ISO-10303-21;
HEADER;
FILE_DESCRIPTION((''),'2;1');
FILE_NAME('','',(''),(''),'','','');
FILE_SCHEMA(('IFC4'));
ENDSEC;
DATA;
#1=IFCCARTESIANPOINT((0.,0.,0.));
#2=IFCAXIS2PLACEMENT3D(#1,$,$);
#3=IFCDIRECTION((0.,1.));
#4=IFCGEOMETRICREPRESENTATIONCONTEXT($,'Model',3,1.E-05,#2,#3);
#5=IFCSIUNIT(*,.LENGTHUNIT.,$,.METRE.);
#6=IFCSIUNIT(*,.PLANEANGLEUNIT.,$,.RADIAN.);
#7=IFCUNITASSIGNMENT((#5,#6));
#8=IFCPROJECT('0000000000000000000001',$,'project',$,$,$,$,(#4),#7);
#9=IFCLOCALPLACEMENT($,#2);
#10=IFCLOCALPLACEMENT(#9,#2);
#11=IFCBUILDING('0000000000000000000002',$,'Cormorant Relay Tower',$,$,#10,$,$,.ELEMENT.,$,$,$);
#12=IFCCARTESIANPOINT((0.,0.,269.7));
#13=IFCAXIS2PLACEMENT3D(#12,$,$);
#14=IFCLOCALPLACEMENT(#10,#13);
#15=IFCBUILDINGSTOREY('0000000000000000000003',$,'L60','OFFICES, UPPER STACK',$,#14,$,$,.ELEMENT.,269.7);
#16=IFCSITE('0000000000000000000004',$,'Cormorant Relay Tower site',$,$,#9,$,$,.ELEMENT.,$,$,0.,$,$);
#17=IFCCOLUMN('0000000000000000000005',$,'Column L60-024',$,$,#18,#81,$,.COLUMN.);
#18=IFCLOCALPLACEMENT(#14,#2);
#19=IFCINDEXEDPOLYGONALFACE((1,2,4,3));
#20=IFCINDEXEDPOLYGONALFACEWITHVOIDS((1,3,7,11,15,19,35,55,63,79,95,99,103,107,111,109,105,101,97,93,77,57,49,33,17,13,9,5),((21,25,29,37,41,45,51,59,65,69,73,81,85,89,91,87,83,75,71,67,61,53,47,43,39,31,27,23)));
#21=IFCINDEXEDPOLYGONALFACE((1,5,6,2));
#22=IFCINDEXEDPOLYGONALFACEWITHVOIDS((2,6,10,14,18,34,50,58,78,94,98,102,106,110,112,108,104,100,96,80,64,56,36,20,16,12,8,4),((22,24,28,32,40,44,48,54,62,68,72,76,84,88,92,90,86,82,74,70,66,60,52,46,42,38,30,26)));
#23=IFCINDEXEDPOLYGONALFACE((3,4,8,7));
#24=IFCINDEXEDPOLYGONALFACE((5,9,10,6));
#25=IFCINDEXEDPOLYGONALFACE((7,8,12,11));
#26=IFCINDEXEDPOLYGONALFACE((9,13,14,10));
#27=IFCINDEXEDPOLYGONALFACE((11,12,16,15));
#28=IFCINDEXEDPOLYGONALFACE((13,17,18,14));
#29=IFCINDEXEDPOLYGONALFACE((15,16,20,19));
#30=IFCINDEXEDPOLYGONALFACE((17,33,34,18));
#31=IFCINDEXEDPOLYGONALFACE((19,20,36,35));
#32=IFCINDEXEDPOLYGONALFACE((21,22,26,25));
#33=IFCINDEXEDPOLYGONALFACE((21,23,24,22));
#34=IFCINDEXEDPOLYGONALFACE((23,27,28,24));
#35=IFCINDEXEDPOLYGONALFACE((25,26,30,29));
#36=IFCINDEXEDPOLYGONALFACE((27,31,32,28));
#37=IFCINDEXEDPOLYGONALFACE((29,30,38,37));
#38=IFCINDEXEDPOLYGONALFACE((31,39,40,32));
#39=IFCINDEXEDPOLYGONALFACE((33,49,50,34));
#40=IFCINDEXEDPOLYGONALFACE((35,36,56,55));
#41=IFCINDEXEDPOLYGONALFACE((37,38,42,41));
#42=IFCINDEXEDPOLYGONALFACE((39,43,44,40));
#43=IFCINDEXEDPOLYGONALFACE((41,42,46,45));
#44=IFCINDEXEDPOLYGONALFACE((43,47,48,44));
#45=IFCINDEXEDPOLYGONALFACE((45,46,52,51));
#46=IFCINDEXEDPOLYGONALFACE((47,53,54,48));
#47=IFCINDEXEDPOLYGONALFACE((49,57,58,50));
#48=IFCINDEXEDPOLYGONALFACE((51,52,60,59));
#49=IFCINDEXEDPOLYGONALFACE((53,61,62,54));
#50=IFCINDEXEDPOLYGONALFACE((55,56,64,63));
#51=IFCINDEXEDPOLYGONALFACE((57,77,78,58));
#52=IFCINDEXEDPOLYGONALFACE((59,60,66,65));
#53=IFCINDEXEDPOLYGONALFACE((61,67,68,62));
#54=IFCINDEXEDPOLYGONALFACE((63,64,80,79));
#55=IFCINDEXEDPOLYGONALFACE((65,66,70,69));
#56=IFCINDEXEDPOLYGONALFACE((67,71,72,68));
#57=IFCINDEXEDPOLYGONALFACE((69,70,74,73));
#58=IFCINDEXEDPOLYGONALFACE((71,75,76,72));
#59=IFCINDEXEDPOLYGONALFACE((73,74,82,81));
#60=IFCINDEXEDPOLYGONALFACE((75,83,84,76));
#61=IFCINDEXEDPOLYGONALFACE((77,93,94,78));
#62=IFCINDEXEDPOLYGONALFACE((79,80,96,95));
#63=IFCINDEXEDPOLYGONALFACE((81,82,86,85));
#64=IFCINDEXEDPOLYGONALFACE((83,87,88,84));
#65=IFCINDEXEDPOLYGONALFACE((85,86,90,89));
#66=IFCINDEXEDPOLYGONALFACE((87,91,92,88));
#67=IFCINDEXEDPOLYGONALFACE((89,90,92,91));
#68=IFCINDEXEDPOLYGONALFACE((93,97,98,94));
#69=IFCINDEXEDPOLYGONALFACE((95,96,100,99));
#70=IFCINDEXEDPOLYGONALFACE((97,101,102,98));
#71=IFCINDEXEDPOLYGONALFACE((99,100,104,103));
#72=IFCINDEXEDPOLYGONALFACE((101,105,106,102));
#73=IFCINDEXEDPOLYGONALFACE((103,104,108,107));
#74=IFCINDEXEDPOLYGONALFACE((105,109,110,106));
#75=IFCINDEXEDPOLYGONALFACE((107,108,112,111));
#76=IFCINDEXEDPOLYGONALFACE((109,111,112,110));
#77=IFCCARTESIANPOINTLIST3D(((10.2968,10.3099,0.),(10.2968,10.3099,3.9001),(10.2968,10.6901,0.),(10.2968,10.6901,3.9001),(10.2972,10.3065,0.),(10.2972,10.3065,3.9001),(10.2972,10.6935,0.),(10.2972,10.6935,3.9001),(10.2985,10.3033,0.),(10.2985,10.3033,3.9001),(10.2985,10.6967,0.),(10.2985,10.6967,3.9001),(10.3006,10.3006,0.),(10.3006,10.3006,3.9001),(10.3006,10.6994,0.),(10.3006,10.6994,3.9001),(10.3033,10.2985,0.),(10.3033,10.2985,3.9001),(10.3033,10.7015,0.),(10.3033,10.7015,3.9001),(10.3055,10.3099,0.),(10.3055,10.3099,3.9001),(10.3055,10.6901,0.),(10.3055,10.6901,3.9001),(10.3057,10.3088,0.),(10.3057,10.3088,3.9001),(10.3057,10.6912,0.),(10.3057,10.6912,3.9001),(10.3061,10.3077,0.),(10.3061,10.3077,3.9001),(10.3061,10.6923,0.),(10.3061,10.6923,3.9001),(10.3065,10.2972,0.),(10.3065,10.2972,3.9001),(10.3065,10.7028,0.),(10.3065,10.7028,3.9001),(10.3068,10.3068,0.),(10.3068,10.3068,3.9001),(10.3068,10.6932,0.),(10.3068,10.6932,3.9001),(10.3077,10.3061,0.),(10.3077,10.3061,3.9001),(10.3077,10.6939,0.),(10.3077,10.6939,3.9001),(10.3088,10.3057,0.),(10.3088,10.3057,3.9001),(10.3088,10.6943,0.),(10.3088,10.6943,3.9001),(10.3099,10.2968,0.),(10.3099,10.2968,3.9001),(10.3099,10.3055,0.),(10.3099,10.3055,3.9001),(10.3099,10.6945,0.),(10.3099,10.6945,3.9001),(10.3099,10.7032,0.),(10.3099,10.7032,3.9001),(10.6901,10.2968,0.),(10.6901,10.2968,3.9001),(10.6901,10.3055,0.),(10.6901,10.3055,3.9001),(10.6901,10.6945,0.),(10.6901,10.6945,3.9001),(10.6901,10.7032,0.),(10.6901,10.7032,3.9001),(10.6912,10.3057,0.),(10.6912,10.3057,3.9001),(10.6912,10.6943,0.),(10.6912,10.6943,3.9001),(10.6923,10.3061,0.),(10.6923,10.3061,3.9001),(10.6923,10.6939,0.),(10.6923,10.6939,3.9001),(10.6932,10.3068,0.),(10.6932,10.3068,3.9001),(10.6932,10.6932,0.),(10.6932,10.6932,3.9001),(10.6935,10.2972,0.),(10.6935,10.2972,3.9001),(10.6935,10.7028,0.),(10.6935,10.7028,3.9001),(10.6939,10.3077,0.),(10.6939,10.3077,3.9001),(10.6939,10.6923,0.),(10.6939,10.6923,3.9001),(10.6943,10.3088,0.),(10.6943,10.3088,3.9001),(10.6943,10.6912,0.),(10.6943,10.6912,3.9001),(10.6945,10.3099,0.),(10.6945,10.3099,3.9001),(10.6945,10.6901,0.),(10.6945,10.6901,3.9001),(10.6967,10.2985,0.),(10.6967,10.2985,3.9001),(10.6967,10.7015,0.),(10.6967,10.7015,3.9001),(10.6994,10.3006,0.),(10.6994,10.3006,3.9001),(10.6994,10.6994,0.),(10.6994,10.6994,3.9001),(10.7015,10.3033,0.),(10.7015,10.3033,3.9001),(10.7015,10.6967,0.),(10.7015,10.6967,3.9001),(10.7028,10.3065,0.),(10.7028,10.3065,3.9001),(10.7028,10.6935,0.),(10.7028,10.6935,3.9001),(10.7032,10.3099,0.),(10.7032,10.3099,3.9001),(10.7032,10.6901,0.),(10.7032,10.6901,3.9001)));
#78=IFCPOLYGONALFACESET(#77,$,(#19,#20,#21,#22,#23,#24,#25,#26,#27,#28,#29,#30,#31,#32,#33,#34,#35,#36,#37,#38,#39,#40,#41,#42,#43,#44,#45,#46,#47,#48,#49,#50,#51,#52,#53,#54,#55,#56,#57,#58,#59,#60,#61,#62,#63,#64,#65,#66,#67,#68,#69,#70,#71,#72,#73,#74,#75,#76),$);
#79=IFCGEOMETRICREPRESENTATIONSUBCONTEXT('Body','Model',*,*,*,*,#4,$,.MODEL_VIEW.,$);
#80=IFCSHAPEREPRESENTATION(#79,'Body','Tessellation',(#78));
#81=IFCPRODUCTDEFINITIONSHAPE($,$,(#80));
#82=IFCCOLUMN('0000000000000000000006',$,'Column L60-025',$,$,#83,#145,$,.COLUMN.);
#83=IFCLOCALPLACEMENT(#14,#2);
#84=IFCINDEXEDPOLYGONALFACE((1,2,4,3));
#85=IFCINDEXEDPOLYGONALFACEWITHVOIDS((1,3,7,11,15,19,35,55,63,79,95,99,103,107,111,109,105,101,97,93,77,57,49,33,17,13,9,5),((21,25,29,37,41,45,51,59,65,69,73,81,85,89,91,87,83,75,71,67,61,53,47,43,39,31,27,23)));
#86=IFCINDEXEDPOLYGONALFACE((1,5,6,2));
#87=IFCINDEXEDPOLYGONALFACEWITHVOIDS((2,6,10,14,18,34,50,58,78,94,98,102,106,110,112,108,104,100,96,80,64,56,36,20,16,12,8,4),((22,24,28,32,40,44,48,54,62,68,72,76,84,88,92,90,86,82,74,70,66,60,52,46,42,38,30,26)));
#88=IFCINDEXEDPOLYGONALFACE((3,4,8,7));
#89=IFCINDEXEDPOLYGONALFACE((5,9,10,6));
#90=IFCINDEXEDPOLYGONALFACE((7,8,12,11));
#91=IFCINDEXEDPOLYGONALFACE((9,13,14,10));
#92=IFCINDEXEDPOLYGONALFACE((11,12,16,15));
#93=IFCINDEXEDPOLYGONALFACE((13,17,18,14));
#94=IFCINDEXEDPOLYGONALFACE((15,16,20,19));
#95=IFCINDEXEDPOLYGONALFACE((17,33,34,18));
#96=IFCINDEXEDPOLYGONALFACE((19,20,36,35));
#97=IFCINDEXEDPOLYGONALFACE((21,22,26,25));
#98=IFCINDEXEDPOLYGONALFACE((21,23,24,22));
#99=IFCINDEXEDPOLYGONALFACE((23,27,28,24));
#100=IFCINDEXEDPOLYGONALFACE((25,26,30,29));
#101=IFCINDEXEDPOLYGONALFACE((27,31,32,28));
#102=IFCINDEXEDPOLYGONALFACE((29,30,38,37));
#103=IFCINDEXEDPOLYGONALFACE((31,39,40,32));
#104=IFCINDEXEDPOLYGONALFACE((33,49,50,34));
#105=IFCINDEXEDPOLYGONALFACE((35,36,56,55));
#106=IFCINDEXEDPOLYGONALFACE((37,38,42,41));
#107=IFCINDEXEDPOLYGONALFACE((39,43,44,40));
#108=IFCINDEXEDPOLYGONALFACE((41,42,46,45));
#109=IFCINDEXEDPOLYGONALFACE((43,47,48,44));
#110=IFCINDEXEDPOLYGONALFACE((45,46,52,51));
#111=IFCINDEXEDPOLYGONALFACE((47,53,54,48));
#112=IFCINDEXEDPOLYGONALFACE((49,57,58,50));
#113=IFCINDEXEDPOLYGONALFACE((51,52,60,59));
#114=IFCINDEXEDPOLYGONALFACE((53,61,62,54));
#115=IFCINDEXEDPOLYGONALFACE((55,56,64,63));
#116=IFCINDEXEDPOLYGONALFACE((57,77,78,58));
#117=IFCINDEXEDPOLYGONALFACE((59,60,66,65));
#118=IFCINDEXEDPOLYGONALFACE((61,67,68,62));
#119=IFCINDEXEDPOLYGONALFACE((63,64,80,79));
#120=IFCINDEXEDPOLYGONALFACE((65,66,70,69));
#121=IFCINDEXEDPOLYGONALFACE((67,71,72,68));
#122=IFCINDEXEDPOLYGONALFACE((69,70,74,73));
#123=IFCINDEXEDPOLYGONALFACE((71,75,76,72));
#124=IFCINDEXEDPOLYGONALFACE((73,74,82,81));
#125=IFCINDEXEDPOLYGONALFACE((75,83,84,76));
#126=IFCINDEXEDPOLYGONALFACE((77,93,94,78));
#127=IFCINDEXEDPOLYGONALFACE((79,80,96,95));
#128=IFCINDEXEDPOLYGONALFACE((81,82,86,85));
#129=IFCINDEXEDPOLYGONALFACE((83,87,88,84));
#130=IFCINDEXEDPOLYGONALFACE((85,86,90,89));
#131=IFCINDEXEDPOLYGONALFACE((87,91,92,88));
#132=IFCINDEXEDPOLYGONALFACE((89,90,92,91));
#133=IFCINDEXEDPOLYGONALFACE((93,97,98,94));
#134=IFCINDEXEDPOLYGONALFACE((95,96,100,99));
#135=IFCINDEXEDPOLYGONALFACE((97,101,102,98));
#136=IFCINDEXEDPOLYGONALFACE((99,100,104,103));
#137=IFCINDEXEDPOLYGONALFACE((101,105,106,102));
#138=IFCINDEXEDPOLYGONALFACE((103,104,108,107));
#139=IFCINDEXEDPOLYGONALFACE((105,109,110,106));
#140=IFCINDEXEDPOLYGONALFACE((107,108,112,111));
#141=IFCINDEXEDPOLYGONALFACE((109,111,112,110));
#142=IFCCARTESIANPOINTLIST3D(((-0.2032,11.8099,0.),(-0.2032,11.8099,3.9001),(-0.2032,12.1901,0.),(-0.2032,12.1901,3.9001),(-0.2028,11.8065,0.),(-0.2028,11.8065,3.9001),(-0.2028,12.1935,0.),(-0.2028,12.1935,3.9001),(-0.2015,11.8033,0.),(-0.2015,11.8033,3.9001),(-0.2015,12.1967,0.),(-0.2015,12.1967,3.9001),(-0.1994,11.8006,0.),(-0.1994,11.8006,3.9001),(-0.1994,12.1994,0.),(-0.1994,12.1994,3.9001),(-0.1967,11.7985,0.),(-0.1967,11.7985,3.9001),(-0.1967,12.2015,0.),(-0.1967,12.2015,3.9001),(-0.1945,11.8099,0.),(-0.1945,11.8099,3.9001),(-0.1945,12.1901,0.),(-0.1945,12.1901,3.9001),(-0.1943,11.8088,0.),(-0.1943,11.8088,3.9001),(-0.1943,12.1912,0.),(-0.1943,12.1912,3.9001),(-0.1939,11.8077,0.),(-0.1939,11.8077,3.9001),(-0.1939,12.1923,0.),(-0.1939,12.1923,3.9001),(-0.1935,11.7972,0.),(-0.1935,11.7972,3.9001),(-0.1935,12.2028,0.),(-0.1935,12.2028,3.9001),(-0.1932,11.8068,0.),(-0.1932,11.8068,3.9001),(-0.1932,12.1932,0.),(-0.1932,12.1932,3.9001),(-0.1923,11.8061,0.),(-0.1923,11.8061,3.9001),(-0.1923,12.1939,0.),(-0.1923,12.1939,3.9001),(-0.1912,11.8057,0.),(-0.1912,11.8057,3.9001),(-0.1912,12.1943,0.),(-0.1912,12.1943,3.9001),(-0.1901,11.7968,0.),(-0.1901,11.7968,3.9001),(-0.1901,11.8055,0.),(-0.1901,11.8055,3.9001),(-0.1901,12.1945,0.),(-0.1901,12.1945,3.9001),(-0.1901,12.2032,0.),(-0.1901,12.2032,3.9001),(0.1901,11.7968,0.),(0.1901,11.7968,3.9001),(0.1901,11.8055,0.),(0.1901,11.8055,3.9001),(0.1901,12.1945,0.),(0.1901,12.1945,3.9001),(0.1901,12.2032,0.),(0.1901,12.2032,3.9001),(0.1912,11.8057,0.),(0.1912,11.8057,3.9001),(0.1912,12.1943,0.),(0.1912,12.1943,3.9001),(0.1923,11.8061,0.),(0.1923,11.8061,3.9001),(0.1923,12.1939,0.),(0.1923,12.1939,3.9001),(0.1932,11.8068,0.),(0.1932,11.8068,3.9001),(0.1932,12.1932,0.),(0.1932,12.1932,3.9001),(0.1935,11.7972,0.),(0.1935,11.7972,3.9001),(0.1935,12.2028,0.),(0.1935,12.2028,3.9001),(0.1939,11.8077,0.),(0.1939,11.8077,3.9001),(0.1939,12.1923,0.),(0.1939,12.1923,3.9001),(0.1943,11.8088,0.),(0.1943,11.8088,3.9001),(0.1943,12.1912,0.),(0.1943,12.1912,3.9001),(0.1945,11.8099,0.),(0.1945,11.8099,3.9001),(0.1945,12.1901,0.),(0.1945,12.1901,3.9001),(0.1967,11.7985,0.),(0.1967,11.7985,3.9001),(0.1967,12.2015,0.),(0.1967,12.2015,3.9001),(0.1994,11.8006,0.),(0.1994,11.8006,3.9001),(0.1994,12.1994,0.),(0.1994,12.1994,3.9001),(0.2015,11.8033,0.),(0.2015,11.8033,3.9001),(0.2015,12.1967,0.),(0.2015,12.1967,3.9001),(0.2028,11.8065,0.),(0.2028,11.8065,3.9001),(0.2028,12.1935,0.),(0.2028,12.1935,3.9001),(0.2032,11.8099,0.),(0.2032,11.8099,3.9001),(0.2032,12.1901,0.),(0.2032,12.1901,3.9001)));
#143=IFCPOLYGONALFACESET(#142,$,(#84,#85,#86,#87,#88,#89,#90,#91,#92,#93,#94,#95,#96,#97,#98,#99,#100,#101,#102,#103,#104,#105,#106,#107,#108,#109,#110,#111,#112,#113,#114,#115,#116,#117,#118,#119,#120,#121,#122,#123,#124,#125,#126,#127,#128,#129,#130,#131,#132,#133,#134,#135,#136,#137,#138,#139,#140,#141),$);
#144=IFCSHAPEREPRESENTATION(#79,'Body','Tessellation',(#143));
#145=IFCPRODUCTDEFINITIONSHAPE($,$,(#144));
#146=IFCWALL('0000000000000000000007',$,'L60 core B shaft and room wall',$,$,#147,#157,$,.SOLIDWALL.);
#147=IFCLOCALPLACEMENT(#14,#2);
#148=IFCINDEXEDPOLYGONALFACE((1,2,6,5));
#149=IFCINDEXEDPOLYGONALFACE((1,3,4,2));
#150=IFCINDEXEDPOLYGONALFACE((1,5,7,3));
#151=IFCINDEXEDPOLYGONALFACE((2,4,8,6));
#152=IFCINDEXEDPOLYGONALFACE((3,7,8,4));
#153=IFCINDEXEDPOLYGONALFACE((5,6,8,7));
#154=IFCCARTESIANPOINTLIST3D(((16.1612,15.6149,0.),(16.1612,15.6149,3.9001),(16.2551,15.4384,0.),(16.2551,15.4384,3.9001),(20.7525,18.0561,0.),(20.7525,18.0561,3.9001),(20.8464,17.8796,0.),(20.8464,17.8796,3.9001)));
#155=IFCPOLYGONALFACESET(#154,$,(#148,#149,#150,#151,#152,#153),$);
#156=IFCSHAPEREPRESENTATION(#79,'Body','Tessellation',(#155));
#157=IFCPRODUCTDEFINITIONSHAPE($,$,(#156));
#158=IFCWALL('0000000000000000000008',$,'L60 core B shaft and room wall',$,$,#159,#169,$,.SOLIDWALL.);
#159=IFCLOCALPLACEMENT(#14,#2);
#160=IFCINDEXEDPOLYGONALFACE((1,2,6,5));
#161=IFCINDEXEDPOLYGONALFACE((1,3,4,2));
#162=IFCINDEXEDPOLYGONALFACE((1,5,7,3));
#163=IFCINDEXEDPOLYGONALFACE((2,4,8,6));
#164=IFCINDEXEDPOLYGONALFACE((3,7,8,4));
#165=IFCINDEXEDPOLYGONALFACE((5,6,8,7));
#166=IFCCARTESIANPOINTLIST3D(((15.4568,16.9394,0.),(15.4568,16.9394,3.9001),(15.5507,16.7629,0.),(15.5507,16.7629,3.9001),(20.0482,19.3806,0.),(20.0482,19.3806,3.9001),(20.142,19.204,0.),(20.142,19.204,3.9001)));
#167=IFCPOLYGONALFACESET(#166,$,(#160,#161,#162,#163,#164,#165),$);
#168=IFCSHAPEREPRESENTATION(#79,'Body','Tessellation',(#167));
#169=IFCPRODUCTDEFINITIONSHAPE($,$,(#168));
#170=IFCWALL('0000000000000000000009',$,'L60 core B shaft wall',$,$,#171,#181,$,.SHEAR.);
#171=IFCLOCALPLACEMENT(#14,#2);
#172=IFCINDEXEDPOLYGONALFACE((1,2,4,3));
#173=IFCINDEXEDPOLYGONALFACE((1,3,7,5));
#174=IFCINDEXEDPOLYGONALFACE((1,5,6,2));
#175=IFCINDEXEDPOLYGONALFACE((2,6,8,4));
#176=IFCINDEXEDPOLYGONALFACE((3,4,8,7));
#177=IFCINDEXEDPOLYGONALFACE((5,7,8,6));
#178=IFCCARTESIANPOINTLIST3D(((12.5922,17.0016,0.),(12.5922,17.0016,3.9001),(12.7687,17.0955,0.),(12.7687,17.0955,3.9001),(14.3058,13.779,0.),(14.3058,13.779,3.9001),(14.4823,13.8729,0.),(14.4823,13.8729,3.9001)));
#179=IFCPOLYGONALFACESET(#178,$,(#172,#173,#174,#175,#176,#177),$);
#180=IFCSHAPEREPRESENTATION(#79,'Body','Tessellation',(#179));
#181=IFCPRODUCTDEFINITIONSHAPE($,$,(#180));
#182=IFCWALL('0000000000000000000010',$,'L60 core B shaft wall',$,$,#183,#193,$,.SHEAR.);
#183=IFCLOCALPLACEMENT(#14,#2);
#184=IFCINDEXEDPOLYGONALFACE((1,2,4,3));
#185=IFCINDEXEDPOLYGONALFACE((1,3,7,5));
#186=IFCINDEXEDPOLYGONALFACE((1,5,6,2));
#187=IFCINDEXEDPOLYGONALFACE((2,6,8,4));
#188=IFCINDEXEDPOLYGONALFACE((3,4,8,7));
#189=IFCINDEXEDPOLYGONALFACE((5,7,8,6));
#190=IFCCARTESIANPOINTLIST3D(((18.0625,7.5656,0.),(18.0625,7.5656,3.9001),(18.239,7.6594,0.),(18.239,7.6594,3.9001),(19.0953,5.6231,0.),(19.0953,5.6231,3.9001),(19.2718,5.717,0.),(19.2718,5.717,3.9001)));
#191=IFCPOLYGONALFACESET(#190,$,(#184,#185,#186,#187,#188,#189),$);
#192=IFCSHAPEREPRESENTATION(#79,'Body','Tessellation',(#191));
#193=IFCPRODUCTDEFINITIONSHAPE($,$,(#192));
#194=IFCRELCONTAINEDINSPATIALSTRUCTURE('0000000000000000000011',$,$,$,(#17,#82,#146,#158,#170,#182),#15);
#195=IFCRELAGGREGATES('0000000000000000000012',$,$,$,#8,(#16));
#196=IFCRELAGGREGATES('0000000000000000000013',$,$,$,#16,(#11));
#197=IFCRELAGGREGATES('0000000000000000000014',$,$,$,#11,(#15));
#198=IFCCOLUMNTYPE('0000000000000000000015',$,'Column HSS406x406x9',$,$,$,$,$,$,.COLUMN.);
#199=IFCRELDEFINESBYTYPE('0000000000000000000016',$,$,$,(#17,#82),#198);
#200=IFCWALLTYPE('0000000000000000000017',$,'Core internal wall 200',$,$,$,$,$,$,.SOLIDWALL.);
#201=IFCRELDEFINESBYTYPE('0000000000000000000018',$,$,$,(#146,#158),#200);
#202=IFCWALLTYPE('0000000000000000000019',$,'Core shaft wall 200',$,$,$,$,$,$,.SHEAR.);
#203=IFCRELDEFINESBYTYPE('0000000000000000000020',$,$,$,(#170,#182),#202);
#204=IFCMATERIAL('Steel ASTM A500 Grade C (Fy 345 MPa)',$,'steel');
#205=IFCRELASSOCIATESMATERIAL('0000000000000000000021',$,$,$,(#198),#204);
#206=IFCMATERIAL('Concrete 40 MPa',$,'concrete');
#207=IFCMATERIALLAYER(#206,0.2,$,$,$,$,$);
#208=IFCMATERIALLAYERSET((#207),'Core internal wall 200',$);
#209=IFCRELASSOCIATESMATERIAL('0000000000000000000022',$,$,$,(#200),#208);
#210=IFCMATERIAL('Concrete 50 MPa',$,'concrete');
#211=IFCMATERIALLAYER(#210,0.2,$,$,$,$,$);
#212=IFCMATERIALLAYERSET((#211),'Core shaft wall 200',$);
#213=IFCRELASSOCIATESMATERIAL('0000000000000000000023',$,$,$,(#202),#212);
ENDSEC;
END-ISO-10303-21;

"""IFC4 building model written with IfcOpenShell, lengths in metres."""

from ifc_helpers import new_model, si_unit, direction, frame, frame_2d, origin, origin_2d, place, context, subcontext, project, spatial, rectangle, hollow_rectangle, extrude, material, layer, layer_set, material_profile, profile_set, type_object, element, save


model = new_model("IFC4")

# Units and contexts
model_context = context("Model", 3, precision=1e-05, world=origin(), true_north=direction((0.0, 1.0)))
body_context = subcontext(model_context, "Body", "Model", "MODEL_VIEW")
ifc_project = project(units=[si_unit("LENGTHUNIT", "METRE"), si_unit("PLANEANGLEUNIT", "RADIAN")], contexts=[model_context])

# Site, building, storey
site_placement = place(None, origin())
site = spatial("IfcSite", under=ifc_project, at=site_placement, Name="Cormorant Relay Tower site", CompositionType="ELEMENT", RefElevation=0.0)
building_placement = place(site_placement, origin())
building = spatial("IfcBuilding", under=site, at=building_placement, Name="Cormorant Relay Tower", CompositionType="ELEMENT")
storey_placement = place(building_placement, frame((0.0, 0.0, 269.7)))
storey = spatial("IfcBuildingStorey", under=building, at=storey_placement, Name="L60", Description="OFFICES, UPPER STACK", CompositionType="ELEMENT", Elevation=269.7)

# Columns
ifc_material_1 = material(Name="Steel ASTM A500 Grade C (Fy 345 MPa)", Category="steel")
ifc_material_profile = material_profile(ifc_material_1, hollow_rectangle(XDim=0.4065, YDim=0.4065, WallThickness=0.0088, InnerFilletRadius=0.0044, OuterFilletRadius=0.0132, at=origin_2d()), Name="HSS406x406x9")
ifc_profile_set = profile_set([ifc_material_profile], Name="Steel ASTM A500 Grade C (Fy 345 MPa)")
column_type = type_object("IfcColumnType", Name="Column HSS406x406x9", PredefinedType="COLUMN", material=ifc_profile_set)
for number, where, z_axis, x_axis, name in (
    (1, (10.5, 10.5, 0.0), (0.0, 0.0, 1.0), (1.0, 0.0, 0.0), "Column L60-024"),
    (2, (0.0, 12.0, 0.0), (0.0, 0.0, 1.0), (1.0, 0.0, 0.0), "Column L60-025"),
):
    element("IfcColumn", number, at=place(storey_placement, frame(where, z_axis=z_axis, x_axis=x_axis)), inside=storey, type_object=column_type, Name=name, PredefinedType="COLUMN", context=body_context, shape_type="SweptSolid", body=[
        extrude(hollow_rectangle(XDim=0.4065, YDim=0.4065, WallThickness=0.0088, InnerFilletRadius=0.0044, OuterFilletRadius=0.0132, at=origin_2d()), origin(), (0.0, 0.0, 1.0), 3.9001),
    ])

# Walls
ifc_material_2 = material(Name="Concrete 40 MPa", Category="concrete")
ifc_layer_1 = layer(ifc_material_2, 0.2)
ifc_layer_set_1 = layer_set([ifc_layer_1], Name="Core internal wall 200")
wall_type_1 = type_object("IfcWallType", Name="Core internal wall 200", PredefinedType="SOLIDWALL", material=ifc_layer_set_1)
for number, where, z_axis, x_axis, name in (
    (3, (16.208, 15.5266, 0.0), (0.0, 0.0, 1.0), (0.882954, 0.46946, 0.0), "L60 core B shaft and room wall"),
    (4, (15.5037, 16.8511, 0.0), (0.0, 0.0, 1.0), (0.882954, 0.46946, 0.0), "L60 core B shaft and room wall"),
):
    element("IfcWall", number, at=place(storey_placement, frame(where, z_axis=z_axis, x_axis=x_axis)), inside=storey, type_object=wall_type_1, Name=name, PredefinedType="SOLIDWALL", context=body_context, shape_type="SweptSolid", body=[
        extrude(rectangle(XDim=5.2, YDim=0.2, at=frame_2d((2.6001, 0.0))), origin(), (0.0, 0.0, 1.0), 3.9001),
    ])
ifc_material_3 = material(Name="Concrete 50 MPa", Category="concrete")
ifc_layer_2 = layer(ifc_material_3, 0.2)
ifc_layer_set_2 = layer_set([ifc_layer_2], Name="Core shaft wall 200")
wall_type_2 = type_object("IfcWallType", Name="Core shaft wall 200", PredefinedType="SHEAR", material=ifc_layer_set_2)
wall_1_placement = place(storey_placement, frame((14.394, 13.8259, 0.0), z_axis=(0.0, 0.0, 1.0), x_axis=(-0.469494, 0.882936, 0.0)))
element("IfcWall", 5, at=wall_1_placement, inside=storey, type_object=wall_type_2, Name="L60 core B shaft wall", PredefinedType="SHEAR", context=body_context, shape_type="SweptSolid", body=[
    extrude(rectangle(XDim=3.6499, YDim=0.2, at=frame_2d((1.825, 0.0))), origin(), (0.0, 0.0, 1.0), 3.9001),
])
wall_2_placement = place(storey_placement, frame((19.1836, 5.6699, 0.0), z_axis=(0.0, 0.0, 1.0), x_axis=(-0.469447, 0.88296, 0.0)))
element("IfcWall", 6, at=wall_2_placement, inside=storey, type_object=wall_type_2, Name="L60 core B shaft wall", PredefinedType="SHEAR", context=body_context, shape_type="SweptSolid", body=[
    extrude(rectangle(XDim=2.2, YDim=0.2, at=frame_2d((1.1001, 0.0))), origin(), (0.0, 0.0, 1.0), 3.9001),
])

save(model, "model.ifc")
